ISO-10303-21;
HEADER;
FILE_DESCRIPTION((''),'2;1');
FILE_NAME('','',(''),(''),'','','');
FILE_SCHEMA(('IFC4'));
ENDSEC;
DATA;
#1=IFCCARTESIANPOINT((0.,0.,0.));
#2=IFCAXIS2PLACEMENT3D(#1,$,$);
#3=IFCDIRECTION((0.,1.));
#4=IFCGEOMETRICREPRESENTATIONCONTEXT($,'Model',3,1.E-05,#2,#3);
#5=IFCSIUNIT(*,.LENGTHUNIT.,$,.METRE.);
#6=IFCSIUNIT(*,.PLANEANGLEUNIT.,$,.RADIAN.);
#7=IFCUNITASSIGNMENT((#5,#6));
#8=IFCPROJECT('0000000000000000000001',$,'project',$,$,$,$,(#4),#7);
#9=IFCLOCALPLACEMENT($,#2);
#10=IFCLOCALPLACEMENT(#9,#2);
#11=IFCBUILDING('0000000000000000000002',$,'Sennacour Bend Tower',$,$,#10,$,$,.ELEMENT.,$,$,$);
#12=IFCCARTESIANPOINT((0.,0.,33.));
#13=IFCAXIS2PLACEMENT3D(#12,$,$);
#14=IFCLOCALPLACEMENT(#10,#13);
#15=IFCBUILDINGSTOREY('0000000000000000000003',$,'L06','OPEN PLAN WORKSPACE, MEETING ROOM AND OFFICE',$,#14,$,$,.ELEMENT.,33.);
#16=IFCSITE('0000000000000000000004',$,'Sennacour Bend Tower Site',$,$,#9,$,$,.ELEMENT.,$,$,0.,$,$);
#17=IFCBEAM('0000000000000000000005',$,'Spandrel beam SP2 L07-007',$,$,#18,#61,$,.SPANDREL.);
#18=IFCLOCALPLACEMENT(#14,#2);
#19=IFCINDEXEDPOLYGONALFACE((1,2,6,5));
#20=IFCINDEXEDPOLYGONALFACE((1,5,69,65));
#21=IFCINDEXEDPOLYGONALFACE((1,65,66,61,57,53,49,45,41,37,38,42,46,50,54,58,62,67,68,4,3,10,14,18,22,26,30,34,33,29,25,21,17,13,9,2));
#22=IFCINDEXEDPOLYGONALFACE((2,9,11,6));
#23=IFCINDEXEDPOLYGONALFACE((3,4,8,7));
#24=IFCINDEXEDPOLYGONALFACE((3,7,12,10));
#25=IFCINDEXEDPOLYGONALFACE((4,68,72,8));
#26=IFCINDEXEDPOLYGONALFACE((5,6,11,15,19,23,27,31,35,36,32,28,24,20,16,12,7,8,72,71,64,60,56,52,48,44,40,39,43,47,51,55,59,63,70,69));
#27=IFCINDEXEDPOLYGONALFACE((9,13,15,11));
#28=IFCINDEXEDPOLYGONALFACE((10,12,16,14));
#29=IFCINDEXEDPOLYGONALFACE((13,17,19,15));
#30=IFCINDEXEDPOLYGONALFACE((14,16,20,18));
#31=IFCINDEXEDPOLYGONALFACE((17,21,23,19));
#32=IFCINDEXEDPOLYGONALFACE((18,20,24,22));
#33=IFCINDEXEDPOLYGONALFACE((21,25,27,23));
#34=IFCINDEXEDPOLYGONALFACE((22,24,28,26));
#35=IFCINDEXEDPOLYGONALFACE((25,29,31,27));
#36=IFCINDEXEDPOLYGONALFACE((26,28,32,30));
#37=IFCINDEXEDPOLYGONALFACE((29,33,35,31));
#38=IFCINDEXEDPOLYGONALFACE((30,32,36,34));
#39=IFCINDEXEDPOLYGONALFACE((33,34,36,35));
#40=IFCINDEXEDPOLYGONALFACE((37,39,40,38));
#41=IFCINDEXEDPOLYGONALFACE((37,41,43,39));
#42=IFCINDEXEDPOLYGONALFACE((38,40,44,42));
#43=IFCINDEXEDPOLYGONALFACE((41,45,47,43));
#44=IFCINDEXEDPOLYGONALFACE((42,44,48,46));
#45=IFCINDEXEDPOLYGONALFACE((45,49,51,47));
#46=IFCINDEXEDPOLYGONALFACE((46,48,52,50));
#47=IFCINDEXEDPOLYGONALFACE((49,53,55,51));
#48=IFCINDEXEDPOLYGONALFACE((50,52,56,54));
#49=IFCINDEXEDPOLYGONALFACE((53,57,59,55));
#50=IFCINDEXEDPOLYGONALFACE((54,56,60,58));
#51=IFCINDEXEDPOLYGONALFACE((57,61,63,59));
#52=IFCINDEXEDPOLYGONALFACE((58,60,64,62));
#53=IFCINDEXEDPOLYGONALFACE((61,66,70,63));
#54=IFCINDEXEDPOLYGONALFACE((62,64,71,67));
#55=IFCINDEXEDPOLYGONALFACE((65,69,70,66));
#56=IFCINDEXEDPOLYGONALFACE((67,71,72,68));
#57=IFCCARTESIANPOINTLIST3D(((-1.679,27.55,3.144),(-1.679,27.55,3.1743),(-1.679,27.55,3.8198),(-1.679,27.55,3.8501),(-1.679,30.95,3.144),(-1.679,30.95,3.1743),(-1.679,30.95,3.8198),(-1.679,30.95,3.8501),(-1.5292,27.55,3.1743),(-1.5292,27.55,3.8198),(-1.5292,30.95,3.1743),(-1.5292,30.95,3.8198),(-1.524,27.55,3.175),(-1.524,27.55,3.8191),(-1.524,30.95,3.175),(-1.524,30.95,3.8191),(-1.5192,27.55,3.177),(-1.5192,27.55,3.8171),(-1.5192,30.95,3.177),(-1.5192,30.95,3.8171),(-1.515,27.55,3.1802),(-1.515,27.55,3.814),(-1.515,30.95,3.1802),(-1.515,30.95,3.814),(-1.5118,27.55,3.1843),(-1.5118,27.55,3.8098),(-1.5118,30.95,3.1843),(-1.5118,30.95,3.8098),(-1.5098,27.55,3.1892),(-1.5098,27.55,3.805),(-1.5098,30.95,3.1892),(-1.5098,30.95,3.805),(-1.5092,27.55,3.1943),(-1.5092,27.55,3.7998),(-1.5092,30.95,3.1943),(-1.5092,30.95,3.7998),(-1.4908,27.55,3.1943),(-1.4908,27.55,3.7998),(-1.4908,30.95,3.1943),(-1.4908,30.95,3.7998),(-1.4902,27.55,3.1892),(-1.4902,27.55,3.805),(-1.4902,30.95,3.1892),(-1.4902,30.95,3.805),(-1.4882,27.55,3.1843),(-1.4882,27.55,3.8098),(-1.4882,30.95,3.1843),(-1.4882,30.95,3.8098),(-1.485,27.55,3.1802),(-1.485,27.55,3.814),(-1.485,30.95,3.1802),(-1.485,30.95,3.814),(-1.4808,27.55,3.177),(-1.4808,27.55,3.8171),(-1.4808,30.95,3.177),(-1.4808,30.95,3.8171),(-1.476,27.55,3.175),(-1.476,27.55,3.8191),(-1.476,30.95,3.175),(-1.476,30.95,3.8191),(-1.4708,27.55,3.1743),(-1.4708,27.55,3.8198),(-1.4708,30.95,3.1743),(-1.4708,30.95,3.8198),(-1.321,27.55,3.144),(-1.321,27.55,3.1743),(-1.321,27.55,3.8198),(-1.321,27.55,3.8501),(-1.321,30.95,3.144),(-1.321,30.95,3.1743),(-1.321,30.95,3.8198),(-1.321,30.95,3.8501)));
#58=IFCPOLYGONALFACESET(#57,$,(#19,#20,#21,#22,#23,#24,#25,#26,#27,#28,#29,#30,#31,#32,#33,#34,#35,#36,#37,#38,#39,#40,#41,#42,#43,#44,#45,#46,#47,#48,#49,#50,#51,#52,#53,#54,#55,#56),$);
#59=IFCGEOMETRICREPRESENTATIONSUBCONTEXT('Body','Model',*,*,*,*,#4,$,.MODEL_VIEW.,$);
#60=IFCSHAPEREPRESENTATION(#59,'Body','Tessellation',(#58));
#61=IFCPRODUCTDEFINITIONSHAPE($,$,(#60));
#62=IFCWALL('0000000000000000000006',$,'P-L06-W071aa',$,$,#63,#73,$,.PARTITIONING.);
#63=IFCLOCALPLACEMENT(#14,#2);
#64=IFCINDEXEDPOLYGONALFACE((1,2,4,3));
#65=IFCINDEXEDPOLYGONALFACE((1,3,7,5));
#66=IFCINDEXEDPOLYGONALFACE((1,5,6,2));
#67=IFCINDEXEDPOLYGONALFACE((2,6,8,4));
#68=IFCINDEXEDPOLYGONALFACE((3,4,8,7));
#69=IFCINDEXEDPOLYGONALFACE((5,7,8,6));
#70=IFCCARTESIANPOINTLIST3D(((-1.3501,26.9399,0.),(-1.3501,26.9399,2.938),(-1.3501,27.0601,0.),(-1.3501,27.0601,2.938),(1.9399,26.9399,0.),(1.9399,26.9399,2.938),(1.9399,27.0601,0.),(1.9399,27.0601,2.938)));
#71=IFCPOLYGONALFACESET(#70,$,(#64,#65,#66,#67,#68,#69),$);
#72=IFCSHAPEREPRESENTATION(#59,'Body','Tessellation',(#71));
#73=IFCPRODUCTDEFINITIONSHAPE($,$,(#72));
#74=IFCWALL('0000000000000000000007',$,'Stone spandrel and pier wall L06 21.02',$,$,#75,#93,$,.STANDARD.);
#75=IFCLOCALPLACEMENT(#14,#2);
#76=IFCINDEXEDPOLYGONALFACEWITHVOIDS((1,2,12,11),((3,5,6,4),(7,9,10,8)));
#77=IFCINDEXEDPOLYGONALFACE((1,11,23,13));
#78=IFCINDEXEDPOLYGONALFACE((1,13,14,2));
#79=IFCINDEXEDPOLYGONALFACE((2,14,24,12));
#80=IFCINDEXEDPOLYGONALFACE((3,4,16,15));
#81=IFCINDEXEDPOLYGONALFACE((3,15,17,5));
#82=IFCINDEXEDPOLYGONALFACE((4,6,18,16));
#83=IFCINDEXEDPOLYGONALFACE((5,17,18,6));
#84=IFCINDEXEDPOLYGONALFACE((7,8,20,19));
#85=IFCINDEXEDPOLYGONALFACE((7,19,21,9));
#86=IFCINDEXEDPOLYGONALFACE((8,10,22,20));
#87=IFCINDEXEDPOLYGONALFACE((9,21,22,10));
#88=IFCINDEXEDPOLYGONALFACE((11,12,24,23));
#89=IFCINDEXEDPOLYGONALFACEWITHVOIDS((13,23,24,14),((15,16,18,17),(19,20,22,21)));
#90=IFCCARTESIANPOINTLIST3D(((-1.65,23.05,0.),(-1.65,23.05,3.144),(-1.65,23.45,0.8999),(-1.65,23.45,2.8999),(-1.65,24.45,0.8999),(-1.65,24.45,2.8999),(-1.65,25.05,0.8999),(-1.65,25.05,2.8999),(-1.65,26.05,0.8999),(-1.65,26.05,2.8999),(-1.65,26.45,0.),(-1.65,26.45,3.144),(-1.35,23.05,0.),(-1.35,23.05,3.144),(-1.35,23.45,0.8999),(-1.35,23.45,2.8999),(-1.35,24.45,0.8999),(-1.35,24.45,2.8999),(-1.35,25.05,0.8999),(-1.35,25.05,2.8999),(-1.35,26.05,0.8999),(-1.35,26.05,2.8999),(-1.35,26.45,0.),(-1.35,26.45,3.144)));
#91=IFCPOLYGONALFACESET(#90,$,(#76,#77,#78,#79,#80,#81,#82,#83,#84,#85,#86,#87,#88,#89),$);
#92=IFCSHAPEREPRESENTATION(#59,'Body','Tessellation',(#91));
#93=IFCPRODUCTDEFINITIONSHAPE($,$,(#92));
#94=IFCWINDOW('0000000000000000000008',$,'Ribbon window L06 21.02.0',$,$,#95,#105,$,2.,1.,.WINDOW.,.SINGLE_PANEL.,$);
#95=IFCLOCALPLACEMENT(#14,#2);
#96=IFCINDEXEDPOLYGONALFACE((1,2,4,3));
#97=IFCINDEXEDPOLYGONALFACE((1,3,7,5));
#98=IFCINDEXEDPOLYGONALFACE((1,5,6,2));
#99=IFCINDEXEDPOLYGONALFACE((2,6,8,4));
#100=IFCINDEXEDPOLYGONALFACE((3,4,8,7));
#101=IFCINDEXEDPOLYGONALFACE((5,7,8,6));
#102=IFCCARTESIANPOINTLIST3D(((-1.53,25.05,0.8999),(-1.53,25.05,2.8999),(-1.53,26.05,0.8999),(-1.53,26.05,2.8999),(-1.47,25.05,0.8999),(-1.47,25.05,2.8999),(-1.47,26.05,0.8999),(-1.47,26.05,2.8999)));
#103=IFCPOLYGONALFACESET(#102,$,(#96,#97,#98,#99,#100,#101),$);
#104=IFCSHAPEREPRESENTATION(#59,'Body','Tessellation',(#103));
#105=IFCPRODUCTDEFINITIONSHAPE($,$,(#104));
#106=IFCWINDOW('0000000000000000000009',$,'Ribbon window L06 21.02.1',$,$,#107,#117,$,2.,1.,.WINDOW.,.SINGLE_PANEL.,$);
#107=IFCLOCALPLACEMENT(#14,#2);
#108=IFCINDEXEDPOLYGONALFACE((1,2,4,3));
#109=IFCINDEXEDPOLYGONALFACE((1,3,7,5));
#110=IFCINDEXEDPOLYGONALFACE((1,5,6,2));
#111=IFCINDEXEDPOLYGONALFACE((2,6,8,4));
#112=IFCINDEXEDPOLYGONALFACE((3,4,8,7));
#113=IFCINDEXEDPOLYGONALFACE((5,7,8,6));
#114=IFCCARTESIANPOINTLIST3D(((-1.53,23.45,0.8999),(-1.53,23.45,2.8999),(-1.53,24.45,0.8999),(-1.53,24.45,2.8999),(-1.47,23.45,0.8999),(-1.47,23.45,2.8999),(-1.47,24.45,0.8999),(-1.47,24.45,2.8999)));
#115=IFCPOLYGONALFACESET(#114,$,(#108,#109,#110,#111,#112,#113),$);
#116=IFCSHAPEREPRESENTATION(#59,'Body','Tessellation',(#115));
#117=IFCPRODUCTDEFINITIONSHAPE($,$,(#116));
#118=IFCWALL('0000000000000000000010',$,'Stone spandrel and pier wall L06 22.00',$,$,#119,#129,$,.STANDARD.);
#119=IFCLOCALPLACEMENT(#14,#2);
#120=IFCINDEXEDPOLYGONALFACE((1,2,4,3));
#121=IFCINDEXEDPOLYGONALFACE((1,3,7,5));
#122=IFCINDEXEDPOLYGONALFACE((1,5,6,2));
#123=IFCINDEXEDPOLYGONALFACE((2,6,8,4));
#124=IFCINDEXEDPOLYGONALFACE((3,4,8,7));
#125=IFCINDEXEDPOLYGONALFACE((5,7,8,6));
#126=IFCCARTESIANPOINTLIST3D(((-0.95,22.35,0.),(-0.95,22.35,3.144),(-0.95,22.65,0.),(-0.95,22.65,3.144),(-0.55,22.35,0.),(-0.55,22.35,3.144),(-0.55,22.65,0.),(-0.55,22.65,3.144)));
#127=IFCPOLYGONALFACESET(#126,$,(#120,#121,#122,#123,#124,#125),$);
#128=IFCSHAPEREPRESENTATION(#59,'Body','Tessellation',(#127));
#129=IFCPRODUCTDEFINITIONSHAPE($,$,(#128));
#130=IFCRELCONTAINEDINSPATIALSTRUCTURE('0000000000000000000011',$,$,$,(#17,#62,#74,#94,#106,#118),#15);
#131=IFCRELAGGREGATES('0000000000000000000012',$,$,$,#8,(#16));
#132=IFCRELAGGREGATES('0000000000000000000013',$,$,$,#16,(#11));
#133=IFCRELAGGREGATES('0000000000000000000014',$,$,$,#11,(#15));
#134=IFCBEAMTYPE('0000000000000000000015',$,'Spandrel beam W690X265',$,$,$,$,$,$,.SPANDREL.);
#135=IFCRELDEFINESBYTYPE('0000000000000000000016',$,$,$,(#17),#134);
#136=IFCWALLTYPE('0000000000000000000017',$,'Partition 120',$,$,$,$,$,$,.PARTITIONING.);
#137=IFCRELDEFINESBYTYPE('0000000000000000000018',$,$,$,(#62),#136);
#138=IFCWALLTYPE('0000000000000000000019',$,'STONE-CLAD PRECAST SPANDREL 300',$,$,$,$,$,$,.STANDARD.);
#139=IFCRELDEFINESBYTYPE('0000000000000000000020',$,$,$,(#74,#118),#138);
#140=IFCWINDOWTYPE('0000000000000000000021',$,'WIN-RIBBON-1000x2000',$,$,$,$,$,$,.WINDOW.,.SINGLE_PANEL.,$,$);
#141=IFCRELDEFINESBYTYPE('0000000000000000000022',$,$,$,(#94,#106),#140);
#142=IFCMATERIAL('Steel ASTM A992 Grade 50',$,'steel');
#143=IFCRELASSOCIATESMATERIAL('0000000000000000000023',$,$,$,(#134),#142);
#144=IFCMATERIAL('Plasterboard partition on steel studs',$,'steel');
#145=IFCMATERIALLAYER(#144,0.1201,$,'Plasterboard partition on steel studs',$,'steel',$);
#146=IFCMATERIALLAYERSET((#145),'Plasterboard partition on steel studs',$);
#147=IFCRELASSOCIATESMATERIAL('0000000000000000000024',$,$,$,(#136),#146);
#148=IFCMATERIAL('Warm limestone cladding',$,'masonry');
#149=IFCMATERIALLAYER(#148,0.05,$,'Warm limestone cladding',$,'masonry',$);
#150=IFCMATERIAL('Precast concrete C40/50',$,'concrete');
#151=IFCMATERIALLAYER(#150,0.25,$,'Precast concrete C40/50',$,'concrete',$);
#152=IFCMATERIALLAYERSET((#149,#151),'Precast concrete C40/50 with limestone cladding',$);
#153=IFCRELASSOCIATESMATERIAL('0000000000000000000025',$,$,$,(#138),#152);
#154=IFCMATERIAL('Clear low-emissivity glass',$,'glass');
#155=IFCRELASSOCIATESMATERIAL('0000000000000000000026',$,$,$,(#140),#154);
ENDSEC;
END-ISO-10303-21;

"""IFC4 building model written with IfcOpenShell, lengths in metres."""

from ifc_helpers import new_model, si_unit, direction, frame, frame_2d, origin, origin_2d, place, context, subcontext, project, spatial, rectangle, i_section, extrude, material, layer, layer_set, material_profile, profile_set, type_object, element, fill, save


model = new_model("IFC4")

# Units and contexts
model_context = context("Model", 3, precision=1e-05, world=origin(), true_north=direction((0.0, 1.0)))
body_context = subcontext(model_context, "Body", "Model", "MODEL_VIEW")
ifc_project = project(units=[si_unit("LENGTHUNIT", "METRE"), si_unit("PLANEANGLEUNIT", "RADIAN")], contexts=[model_context])

# Site, building, storey
site_placement = place(None, origin())
site = spatial("IfcSite", under=ifc_project, at=site_placement, Name="Sennacour Bend Tower Site", CompositionType="ELEMENT", RefElevation=0.0)
building_placement = place(site_placement, origin())
building = spatial("IfcBuilding", under=site, at=building_placement, Name="Sennacour Bend Tower", CompositionType="ELEMENT")
storey_placement = place(building_placement, frame((0.0, 0.0, 33.0)))
storey = spatial("IfcBuildingStorey", under=building, at=storey_placement, Name="L06", Description="OPEN PLAN WORKSPACE, MEETING ROOM AND OFFICE", CompositionType="ELEMENT", Elevation=33.0)

# Beam
ifc_material_1 = material(Name="Steel ASTM A992 Grade 50", Category="steel")
ifc_material_profile_1 = material_profile(ifc_material_1, i_section(OverallWidth=0.3579, OverallDepth=0.7061, WebThickness=0.0183, FlangeThickness=0.0303, FilletRadius=0.02, at=origin_2d()), Name="Steel ASTM A992 Grade 50", Category="steel")
ifc_profile_set_1 = profile_set([ifc_material_profile_1], Name="Steel ASTM A992 Grade 50")
beam_type_1 = type_object("IfcBeamType", Name="Spandrel beam W690X265", PredefinedType="SPANDREL", material=ifc_profile_set_1)
for number, where, z_axis, x_axis, name in (
    (1, (-1.5, 27.55, 3.4971), (0.0, 1.0, 0.0), (-1.0, 0.0, 0.0), "Spandrel beam SP2 L07-007"),
):
    element("IfcBeam", number, at=place(storey_placement, frame(where, z_axis=z_axis, x_axis=x_axis)), inside=storey, type_object=beam_type_1, Name=name, PredefinedType="SPANDREL", context=body_context, shape_type="SweptSolid", body=[
        extrude(i_section(OverallWidth=0.3579, OverallDepth=0.7061, WebThickness=0.0183, FlangeThickness=0.0303, FilletRadius=0.02, at=origin_2d()), origin(), (0.0, 0.0, 1.0), 3.3999),
    ])

# Wall
ifc_material_2 = material(Name="Plasterboard partition on steel studs", Category="steel")
ifc_layer_1 = layer(ifc_material_2, 0.1201, Name="Plasterboard partition on steel studs", Category="steel")
ifc_layer_set_1 = layer_set([ifc_layer_1], Name="Plasterboard partition on steel studs")
wall_type_1 = type_object("IfcWallType", Name="Partition 120", PredefinedType="PARTITIONING", material=ifc_layer_set_1)
wall_1_placement = place(storey_placement, frame((-1.3501, 27.0, 0.0), z_axis=(0.0, 0.0, 1.0), x_axis=(1.0, 0.0, 0.0)))
element("IfcWall", 2, at=wall_1_placement, inside=storey, type_object=wall_type_1, Name="P-L06-W071aa", PredefinedType="PARTITIONING", context=body_context, shape_type="SweptSolid", body=[
    extrude(rectangle(XDim=3.29, YDim=0.1201, at=frame_2d((1.645, 0.0))), origin(), (0.0, 0.0, 1.0), 2.938),
])

# Wall, openings, windows
ifc_material_3 = material(Name="Warm limestone cladding", Category="masonry")
ifc_layer_2 = layer(ifc_material_3, 0.05, Name="Warm limestone cladding", Category="masonry")
ifc_material_4 = material(Name="Precast concrete C40/50", Category="concrete")
ifc_layer_3 = layer(ifc_material_4, 0.25, Name="Precast concrete C40/50", Category="concrete")
ifc_layer_set_2 = layer_set([ifc_layer_2, ifc_layer_3], Name="Precast concrete C40/50 with limestone cladding")
wall_type_2 = type_object("IfcWallType", Name="STONE-CLAD PRECAST SPANDREL 300", PredefinedType="STANDARD", material=ifc_layer_set_2)
wall_2_placement = place(storey_placement, frame((-1.5, 26.45, 0.0), z_axis=(0.0, 0.0, 1.0), x_axis=(0.0, -1.0, 0.0)))
wall_2 = element("IfcWall", 3, at=wall_2_placement, inside=storey, type_object=wall_type_2, Name="Stone spandrel and pier wall L06 21.02", PredefinedType="STANDARD", context=body_context, shape_type="SweptSolid", body=[
    extrude(rectangle(XDim=3.3999, YDim=0.3, at=frame_2d((1.7, 0.0))), origin(), (0.0, 0.0, 1.0), 3.144),
])
opening_1_placement = place(wall_2_placement, frame((0.3999, 0.0, 0.8999)))
opening_1 = element("IfcOpeningElement", 4, at=opening_1_placement, cuts=wall_2, PredefinedType="OPENING", context=body_context, shape_type="SweptSolid", body=[
    extrude(rectangle(XDim=1.0, YDim=2.0, at=frame_2d((0.5, 1.0))), frame((0.0, 0.1602, 0.0), z_axis=(0.0, -1.0, 0.0), x_axis=(1.0, 0.0, 0.0)), (0.0, 0.0, 1.0), 0.3201),
])
opening_2_placement = place(wall_2_placement, frame((2.0, 0.0, 0.8999)))
opening_2 = element("IfcOpeningElement", 5, at=opening_2_placement, cuts=wall_2, PredefinedType="OPENING", context=body_context, shape_type="SweptSolid", body=[
    extrude(rectangle(XDim=1.0, YDim=2.0, at=frame_2d((0.5, 1.0))), frame((0.0, 0.1602, 0.0), z_axis=(0.0, -1.0, 0.0), x_axis=(1.0, 0.0, 0.0)), (0.0, 0.0, 1.0), 0.3201),
])
ifc_material_5 = material(Name="Clear low-emissivity glass", Category="glass")
window_type = type_object("IfcWindowType", Name="WIN-RIBBON-1000x2000", PartitioningType="SINGLE_PANEL", PredefinedType="WINDOW", material=ifc_material_5)
window_1_placement = place(opening_1_placement, origin())
window_1 = element("IfcWindow", 6, at=window_1_placement, inside=storey, type_object=window_type, Name="Ribbon window L06 21.02.0", OverallHeight=2.0, OverallWidth=1.0, PartitioningType="SINGLE_PANEL", PredefinedType="WINDOW", context=body_context, shape_type="SweptSolid", body=[
    extrude(rectangle(XDim=1.0, YDim=2.0, at=frame_2d((0.5, 1.0))), frame((0.0, 0.03, 0.0), z_axis=(0.0, -1.0, 0.0), x_axis=(1.0, 0.0, 0.0)), (0.0, 0.0, 1.0), 0.0601),
])
fill(opening_1, window_1)
window_2_placement = place(opening_2_placement, origin())
window_2 = element("IfcWindow", 7, at=window_2_placement, inside=storey, type_object=window_type, Name="Ribbon window L06 21.02.1", OverallHeight=2.0, OverallWidth=1.0, PartitioningType="SINGLE_PANEL", PredefinedType="WINDOW", context=body_context, shape_type="SweptSolid", body=[
    extrude(rectangle(XDim=1.0, YDim=2.0, at=frame_2d((0.5, 1.0))), frame((0.0, 0.03, 0.0), z_axis=(0.0, -1.0, 0.0), x_axis=(1.0, 0.0, 0.0)), (0.0, 0.0, 1.0), 0.0601),
])
fill(opening_2, window_2)

# Wall
wall_3_placement = place(storey_placement, frame((-0.95, 22.5, 0.0), z_axis=(0.0, 0.0, 1.0), x_axis=(1.0, 0.0, 0.0)))
element("IfcWall", 8, at=wall_3_placement, inside=storey, type_object=wall_type_2, Name="Stone spandrel and pier wall L06 22.00", PredefinedType="STANDARD", context=body_context, shape_type="SweptSolid", body=[
    extrude(rectangle(XDim=0.3999, YDim=0.3, at=frame_2d((0.2, 0.0))), origin(), (0.0, 0.0, 1.0), 3.144),
])

save(model, "model.ifc")
